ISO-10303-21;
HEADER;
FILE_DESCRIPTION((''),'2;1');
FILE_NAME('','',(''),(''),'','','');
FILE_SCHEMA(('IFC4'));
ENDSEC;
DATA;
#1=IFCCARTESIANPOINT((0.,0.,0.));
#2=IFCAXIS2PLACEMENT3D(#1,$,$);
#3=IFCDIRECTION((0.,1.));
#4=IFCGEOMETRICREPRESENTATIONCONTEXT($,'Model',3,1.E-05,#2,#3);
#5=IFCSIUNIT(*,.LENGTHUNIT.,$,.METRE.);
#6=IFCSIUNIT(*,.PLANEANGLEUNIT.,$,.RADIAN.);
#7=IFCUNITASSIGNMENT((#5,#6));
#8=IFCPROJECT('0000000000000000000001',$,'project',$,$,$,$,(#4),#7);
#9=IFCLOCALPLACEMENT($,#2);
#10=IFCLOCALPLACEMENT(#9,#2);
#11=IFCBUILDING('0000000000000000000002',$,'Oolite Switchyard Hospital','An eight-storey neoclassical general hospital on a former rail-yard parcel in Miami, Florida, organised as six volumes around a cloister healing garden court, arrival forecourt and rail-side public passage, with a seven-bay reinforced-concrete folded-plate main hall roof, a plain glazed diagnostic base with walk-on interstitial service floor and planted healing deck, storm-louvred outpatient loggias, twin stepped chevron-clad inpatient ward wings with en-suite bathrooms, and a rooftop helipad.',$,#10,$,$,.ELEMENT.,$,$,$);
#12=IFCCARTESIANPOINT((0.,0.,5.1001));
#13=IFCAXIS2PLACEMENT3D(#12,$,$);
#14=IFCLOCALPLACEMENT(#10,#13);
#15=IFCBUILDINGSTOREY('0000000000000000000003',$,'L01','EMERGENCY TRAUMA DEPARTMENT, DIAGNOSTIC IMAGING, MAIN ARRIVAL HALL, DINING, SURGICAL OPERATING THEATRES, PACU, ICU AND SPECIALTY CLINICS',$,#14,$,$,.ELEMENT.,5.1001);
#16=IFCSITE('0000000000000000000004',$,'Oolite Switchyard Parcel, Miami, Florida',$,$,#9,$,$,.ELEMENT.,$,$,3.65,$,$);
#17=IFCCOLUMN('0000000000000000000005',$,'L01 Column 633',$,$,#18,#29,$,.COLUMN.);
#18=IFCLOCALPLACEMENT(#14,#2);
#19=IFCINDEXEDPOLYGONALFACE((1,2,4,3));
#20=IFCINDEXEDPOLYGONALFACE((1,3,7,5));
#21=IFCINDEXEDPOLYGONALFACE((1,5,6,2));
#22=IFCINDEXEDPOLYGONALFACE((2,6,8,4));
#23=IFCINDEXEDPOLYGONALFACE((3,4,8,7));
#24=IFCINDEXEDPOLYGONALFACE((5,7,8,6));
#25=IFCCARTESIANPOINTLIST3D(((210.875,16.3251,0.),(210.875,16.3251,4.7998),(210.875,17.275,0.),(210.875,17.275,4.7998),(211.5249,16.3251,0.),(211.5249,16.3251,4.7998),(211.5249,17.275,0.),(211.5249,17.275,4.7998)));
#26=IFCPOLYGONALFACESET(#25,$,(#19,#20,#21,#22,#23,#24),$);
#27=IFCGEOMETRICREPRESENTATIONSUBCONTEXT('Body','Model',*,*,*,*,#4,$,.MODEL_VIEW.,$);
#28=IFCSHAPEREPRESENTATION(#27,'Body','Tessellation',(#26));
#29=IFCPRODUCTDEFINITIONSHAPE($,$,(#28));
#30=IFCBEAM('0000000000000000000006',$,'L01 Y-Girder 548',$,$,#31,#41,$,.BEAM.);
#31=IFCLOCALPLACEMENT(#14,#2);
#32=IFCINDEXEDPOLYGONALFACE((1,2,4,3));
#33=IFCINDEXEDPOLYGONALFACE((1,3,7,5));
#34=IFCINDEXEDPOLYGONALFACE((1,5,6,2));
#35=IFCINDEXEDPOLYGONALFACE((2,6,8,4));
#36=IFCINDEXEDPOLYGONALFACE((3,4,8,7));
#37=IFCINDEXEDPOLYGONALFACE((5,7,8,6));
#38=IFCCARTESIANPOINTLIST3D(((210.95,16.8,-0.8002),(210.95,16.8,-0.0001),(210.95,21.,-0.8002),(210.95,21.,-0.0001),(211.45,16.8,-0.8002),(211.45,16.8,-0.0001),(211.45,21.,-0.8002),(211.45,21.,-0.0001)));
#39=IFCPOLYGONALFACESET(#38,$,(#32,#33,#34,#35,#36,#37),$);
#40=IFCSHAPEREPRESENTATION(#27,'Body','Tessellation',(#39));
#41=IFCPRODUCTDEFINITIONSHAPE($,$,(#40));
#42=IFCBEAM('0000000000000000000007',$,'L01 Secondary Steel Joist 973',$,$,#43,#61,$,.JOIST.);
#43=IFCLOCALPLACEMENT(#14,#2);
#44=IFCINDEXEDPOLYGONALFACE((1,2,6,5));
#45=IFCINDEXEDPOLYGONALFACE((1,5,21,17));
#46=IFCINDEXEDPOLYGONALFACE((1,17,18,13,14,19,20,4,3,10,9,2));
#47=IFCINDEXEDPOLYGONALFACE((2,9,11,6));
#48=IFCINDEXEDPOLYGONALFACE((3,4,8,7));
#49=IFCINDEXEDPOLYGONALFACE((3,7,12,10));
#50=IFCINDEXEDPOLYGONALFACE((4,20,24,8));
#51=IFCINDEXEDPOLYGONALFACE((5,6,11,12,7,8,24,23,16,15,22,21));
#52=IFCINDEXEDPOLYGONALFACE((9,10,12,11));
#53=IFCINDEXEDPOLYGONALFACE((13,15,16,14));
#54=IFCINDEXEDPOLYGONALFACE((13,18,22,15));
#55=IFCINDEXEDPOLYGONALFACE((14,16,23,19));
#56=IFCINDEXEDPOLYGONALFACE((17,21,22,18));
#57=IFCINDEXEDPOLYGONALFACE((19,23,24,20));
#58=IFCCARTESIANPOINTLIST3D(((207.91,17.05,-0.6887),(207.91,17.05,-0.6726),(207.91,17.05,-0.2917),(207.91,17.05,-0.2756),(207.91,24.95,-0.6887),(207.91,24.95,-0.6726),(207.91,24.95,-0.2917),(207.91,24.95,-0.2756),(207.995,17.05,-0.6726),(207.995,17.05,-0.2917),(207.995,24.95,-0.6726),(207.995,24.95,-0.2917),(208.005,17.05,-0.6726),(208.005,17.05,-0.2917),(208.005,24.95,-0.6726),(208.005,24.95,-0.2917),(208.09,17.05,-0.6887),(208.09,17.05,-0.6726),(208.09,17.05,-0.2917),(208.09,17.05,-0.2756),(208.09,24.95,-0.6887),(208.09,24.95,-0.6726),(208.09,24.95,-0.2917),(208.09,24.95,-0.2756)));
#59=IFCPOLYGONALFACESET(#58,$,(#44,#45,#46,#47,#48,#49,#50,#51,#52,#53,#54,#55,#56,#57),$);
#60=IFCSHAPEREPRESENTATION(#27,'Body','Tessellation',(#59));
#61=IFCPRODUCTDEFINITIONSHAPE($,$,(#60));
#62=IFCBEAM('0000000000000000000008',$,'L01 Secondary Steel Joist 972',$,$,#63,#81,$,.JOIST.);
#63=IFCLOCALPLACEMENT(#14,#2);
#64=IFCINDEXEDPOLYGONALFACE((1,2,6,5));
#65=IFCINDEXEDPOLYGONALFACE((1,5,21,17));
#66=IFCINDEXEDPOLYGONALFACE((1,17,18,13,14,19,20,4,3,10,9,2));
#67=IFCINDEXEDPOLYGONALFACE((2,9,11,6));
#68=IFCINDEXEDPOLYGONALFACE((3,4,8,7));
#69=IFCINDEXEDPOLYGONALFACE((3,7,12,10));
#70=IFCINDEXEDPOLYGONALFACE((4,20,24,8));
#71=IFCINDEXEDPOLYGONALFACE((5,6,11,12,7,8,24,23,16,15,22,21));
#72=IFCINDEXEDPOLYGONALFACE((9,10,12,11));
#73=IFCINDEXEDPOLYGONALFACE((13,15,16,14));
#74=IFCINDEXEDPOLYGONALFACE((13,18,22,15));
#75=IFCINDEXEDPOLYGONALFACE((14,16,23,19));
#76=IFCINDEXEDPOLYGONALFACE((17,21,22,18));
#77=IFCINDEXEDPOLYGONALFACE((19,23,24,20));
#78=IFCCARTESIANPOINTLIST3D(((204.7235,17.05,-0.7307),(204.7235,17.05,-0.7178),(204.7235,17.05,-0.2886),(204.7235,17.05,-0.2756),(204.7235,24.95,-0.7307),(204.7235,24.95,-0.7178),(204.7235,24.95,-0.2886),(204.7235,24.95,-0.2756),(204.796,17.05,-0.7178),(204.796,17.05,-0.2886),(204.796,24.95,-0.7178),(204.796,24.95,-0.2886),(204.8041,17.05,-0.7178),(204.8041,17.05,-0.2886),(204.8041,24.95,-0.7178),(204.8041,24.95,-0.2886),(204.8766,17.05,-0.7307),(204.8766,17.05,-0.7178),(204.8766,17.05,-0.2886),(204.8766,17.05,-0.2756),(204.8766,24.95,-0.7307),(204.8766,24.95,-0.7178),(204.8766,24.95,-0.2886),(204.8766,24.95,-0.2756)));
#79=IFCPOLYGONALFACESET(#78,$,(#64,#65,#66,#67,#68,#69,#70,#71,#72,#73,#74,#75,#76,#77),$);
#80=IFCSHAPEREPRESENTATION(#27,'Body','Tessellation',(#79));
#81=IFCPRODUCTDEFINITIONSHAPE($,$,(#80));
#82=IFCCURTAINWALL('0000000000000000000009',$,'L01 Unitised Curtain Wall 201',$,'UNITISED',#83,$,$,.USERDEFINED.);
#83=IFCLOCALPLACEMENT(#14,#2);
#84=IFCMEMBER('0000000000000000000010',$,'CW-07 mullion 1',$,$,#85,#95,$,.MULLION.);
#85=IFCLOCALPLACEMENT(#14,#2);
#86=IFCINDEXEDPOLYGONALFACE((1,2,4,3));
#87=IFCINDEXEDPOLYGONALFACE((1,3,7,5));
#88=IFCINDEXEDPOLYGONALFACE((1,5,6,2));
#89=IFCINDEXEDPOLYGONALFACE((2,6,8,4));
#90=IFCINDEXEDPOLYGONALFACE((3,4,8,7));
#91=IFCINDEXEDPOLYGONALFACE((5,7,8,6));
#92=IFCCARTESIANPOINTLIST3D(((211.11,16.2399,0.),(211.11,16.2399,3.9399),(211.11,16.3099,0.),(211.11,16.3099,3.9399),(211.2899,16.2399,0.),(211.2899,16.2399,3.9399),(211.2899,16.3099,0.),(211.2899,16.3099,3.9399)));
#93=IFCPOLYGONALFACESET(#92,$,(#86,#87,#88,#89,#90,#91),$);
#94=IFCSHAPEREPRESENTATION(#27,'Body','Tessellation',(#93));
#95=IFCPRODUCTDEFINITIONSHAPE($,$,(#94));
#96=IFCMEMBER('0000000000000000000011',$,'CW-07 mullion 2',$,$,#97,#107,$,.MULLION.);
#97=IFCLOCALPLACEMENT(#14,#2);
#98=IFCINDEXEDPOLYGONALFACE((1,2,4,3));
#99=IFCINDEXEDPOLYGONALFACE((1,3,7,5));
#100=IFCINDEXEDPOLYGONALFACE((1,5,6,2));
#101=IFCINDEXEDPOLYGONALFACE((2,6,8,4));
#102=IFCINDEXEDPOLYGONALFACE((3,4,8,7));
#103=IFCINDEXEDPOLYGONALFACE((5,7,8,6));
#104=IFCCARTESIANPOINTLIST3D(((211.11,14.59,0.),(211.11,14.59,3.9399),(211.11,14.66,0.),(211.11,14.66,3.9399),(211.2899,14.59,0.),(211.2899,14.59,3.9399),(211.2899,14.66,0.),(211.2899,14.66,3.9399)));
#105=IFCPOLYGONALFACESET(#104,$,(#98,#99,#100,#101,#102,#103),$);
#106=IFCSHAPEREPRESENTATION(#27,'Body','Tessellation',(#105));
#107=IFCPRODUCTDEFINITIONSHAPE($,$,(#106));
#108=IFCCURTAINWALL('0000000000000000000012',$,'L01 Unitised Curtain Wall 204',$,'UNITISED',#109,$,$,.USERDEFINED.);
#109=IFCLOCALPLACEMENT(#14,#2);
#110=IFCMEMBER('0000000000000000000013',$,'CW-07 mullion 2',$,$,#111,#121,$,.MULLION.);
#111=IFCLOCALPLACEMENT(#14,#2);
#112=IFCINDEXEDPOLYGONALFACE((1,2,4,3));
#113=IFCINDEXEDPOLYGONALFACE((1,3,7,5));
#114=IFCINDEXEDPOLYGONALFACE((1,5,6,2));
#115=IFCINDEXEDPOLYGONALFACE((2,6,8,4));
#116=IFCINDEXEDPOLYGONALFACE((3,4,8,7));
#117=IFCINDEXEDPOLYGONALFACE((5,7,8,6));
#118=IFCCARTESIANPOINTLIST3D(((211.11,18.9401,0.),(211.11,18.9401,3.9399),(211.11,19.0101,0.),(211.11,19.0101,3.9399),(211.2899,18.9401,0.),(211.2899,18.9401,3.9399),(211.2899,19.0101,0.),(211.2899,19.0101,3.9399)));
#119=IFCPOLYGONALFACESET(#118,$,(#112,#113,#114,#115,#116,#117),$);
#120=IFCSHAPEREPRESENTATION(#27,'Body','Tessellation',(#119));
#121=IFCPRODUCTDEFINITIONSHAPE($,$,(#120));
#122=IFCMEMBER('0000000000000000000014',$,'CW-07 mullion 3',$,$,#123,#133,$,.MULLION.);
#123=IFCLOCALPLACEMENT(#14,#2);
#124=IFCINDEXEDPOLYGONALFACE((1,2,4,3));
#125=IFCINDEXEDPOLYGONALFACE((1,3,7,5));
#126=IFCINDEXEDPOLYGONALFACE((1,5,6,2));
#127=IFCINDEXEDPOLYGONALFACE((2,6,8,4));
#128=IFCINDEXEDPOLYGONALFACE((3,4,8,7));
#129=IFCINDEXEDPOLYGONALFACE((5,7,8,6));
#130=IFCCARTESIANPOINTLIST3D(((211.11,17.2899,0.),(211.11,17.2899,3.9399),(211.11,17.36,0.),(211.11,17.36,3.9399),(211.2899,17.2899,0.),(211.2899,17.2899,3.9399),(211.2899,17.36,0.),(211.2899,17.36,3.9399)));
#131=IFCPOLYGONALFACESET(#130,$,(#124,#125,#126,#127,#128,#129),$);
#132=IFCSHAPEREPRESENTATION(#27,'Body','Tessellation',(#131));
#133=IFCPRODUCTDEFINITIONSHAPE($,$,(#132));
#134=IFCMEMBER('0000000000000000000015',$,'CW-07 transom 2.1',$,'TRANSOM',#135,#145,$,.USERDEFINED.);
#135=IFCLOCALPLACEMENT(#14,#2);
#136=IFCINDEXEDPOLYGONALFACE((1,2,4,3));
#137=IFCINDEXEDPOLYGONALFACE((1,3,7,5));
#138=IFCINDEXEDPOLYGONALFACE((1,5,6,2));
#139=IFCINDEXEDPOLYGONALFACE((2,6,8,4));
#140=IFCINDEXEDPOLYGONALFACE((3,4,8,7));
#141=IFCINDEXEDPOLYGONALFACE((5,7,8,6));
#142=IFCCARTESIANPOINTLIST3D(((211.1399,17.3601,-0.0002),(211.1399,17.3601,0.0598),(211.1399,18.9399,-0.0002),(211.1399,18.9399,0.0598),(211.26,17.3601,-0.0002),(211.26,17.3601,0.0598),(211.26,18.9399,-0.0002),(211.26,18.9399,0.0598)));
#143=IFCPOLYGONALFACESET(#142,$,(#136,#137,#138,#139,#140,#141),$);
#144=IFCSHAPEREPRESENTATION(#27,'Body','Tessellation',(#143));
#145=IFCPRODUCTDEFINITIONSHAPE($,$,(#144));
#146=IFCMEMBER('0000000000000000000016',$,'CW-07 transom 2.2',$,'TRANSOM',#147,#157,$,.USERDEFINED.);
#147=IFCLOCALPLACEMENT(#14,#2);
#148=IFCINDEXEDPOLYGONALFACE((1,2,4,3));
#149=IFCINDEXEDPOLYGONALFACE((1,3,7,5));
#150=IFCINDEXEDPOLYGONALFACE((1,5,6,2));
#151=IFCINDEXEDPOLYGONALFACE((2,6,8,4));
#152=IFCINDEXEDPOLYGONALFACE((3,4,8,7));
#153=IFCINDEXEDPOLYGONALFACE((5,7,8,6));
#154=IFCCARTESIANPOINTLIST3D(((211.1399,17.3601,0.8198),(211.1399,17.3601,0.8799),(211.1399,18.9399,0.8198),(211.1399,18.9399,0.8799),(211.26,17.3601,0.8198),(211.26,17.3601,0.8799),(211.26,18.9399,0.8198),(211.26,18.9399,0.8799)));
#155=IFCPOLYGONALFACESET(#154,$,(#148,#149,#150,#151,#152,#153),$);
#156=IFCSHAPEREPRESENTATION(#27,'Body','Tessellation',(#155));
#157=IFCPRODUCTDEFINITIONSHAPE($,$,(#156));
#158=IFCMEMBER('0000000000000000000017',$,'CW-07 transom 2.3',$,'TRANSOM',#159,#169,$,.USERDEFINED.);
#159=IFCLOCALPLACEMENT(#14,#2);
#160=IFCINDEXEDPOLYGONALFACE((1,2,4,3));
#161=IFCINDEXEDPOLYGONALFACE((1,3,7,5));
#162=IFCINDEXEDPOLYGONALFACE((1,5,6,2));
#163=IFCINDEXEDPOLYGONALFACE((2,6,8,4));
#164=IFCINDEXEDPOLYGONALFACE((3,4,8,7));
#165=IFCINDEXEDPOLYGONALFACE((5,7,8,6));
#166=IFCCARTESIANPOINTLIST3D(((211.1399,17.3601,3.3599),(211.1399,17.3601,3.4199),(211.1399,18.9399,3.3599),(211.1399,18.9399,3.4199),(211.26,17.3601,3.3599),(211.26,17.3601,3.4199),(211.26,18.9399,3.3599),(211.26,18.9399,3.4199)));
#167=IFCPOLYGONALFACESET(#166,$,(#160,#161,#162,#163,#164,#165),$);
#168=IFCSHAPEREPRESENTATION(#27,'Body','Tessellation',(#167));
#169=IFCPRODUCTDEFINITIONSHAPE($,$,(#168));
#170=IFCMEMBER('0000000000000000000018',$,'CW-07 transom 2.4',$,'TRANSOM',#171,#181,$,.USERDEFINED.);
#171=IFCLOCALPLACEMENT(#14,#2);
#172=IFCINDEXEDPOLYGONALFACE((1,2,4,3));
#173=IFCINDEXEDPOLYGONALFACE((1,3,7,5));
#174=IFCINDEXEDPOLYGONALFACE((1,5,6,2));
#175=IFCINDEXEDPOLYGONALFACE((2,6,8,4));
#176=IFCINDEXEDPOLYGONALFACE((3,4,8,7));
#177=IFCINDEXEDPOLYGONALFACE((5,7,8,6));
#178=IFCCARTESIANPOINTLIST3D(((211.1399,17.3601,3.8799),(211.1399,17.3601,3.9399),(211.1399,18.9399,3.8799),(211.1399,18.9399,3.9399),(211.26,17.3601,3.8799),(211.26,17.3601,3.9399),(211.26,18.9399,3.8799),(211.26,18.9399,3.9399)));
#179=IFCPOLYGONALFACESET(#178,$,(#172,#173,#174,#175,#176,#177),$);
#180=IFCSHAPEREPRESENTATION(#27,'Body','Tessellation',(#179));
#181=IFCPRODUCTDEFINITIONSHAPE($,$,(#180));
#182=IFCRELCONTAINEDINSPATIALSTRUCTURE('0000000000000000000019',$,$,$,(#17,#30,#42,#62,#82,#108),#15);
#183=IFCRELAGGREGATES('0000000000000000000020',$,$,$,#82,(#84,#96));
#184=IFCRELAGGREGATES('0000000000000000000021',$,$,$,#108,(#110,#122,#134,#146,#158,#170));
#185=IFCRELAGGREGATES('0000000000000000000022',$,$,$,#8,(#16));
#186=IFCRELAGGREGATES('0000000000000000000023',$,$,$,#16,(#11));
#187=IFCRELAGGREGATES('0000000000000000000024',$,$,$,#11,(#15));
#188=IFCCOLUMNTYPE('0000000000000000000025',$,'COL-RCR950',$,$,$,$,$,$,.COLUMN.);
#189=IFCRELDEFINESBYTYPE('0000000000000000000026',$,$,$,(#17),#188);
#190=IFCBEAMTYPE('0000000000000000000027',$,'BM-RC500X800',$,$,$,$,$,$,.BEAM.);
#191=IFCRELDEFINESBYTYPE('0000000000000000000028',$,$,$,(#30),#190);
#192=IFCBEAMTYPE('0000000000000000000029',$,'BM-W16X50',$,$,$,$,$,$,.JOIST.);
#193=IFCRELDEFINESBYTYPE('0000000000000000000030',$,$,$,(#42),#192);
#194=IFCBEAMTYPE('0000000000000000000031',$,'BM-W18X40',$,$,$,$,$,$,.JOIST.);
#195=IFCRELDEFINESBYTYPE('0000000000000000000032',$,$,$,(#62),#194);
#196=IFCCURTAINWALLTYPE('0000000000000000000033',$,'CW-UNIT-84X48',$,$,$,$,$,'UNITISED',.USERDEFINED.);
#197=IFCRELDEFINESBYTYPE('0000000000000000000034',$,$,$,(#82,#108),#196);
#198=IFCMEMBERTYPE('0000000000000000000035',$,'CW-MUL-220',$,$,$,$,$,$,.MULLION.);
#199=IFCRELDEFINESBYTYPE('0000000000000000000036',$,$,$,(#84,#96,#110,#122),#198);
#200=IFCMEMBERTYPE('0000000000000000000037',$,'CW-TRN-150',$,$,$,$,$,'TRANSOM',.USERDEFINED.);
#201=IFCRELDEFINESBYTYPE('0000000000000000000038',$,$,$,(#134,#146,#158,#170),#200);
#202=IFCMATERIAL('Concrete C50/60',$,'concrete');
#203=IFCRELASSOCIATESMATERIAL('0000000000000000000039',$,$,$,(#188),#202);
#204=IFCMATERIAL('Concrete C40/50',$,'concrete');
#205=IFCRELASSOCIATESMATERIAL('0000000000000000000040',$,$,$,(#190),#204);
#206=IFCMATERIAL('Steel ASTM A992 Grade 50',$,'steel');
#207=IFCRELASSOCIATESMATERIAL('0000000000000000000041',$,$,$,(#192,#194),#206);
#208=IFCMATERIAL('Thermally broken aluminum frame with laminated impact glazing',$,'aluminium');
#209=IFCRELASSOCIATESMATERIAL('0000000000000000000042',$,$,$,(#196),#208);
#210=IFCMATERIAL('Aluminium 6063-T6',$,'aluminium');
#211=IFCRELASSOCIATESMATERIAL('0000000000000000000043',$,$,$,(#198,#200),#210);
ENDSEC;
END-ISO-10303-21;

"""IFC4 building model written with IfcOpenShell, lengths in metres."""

from ifc_helpers import new_model, si_unit, direction, frame, origin, origin_2d, place, context, subcontext, project, spatial, rectangle, i_section, extrude, material, material_profile, profile_set, type_object, element, aggregate, save


model = new_model("IFC4")

# Units and contexts
model_context = context("Model", 3, precision=1e-05, world=origin(), true_north=direction((0.0, 1.0)))
body_context = subcontext(model_context, "Body", "Model", "MODEL_VIEW")
ifc_project = project(units=[si_unit("LENGTHUNIT", "METRE"), si_unit("PLANEANGLEUNIT", "RADIAN")], contexts=[model_context])

# Site, building, storey
site_placement = place(None, origin())
site = spatial("IfcSite", under=ifc_project, at=site_placement, Name="Oolite Switchyard Parcel, Miami, Florida", CompositionType="ELEMENT", RefElevation=3.65)
building_placement = place(site_placement, origin())
building = spatial("IfcBuilding", under=site, at=building_placement, Name="Oolite Switchyard Hospital", Description="An eight-storey neoclassical general hospital on a former rail-yard parcel in Miami, Florida, organised as six volumes around a cloister healing garden court, arrival forecourt and rail-side public passage, with a seven-bay reinforced-concrete folded-plate main hall roof, a plain glazed diagnostic base with walk-on interstitial service floor and planted healing deck, storm-louvred outpatient loggias, twin stepped chevron-clad inpatient ward wings with en-suite bathrooms, and a rooftop helipad.", CompositionType="ELEMENT")
storey_placement = place(building_placement, frame((0.0, 0.0, 5.1001)))
storey = spatial("IfcBuildingStorey", under=building, at=storey_placement, Name="L01", Description="EMERGENCY TRAUMA DEPARTMENT, DIAGNOSTIC IMAGING, MAIN ARRIVAL HALL, DINING, SURGICAL OPERATING THEATRES, PACU, ICU AND SPECIALTY CLINICS", CompositionType="ELEMENT", Elevation=5.1001)

# Column
ifc_material_1 = material(Name="Concrete C50/60", Category="concrete")
ifc_material_profile_1 = material_profile(ifc_material_1, rectangle(XDim=0.95, YDim=0.6499, at=origin_2d()), Name="RC950X650")
ifc_profile_set_1 = profile_set([ifc_material_profile_1], Name="Concrete C50/60")
column_type = type_object("IfcColumnType", Name="COL-RCR950", PredefinedType="COLUMN", material=ifc_profile_set_1)
column_placement = place(storey_placement, frame((211.2, 16.8, 0.0), z_axis=(0.0, 0.0, 1.0), x_axis=(0.0, 1.0, 0.0)))
element("IfcColumn", 1, at=column_placement, inside=storey, type_object=column_type, Name="L01 Column 633", PredefinedType="COLUMN", context=body_context, shape_type="SweptSolid", body=[
    extrude(rectangle(XDim=0.95, YDim=0.6499, at=origin_2d()), origin(), (0.0, 0.0, 1.0), 4.7998),
])

# Beams
ifc_material_2 = material(Name="Concrete C40/50", Category="concrete")
ifc_material_profile_2 = material_profile(ifc_material_2, rectangle(XDim=0.5, YDim=0.8, at=origin_2d()), Name="RCB500X800")
ifc_profile_set_2 = profile_set([ifc_material_profile_2], Name="Concrete C40/50")
beam_type_1 = type_object("IfcBeamType", Name="BM-RC500X800", PredefinedType="BEAM", material=ifc_profile_set_2)
beam_1_placement = place(storey_placement, frame((211.2, 16.8, -0.4001), z_axis=(0.0, 1.0, 0.0), x_axis=(-1.0, 0.0, 0.0)))
element("IfcBeam", 2, at=beam_1_placement, inside=storey, type_object=beam_type_1, Name="L01 Y-Girder 548", PredefinedType="BEAM", context=body_context, shape_type="SweptSolid", body=[
    extrude(rectangle(XDim=0.5, YDim=0.8, at=origin_2d()), origin(), (0.0, 0.0, 1.0), 4.2),
])
ifc_material_3 = material(Name="Steel ASTM A992 Grade 50", Category="steel")
ifc_material_profile_3 = material_profile(ifc_material_3, i_section(OverallWidth=0.1799, OverallDepth=0.4131, WebThickness=0.01, FlangeThickness=0.0161, at=origin_2d()), Name="W16X50")
ifc_profile_set_3 = profile_set([ifc_material_profile_3], Name="Steel ASTM A992 Grade 50")
beam_type_2 = type_object("IfcBeamType", Name="BM-W16X50", PredefinedType="JOIST", material=ifc_profile_set_3)
beam_2_placement = place(storey_placement, frame((208.0, 17.05, -0.4822), z_axis=(0.0, 1.0, 0.0), x_axis=(-1.0, 0.0, 0.0)))
element("IfcBeam", 3, at=beam_2_placement, inside=storey, type_object=beam_type_2, Name="L01 Secondary Steel Joist 973", PredefinedType="JOIST", context=body_context, shape_type="SweptSolid", body=[
    extrude(i_section(OverallWidth=0.1799, OverallDepth=0.4131, WebThickness=0.01, FlangeThickness=0.0161, at=origin_2d()), origin(), (0.0, 0.0, 1.0), 7.8999),
])
ifc_material_profile_4 = material_profile(ifc_material_3, i_section(OverallWidth=0.1531, OverallDepth=0.4551, WebThickness=0.0081, FlangeThickness=0.0129, at=origin_2d()), Name="W18X40")
ifc_profile_set_4 = profile_set([ifc_material_profile_4], Name="Steel ASTM A992 Grade 50")
beam_type_3 = type_object("IfcBeamType", Name="BM-W18X40", PredefinedType="JOIST", material=ifc_profile_set_4)
beam_3_placement = place(storey_placement, frame((204.8, 17.05, -0.5032), z_axis=(0.0, 1.0, 0.0), x_axis=(-1.0, 0.0, 0.0)))
element("IfcBeam", 4, at=beam_3_placement, inside=storey, type_object=beam_type_3, Name="L01 Secondary Steel Joist 972", PredefinedType="JOIST", context=body_context, shape_type="SweptSolid", body=[
    extrude(i_section(OverallWidth=0.1531, OverallDepth=0.4551, WebThickness=0.0081, FlangeThickness=0.0129, at=origin_2d()), origin(), (0.0, 0.0, 1.0), 7.8999),
])

# Curtain walls, members
ifc_material_4 = material(Name="Thermally broken aluminum frame with laminated impact glazing", Category="aluminium")
curtain_wall_type = type_object("IfcCurtainWallType", Name="CW-UNIT-84X48", ElementType="UNITISED", PredefinedType="USERDEFINED", material=ifc_material_4)
curtain_wall_1_placement = place(storey_placement, origin())
curtain_wall_1 = element("IfcCurtainWall", 5, at=curtain_wall_1_placement, inside=storey, type_object=curtain_wall_type, Name="L01 Unitised Curtain Wall 201", ObjectType="UNITISED", PredefinedType="USERDEFINED")
ifc_material_5 = material(Name="Aluminium 6063-T6", Category="aluminium")
ifc_material_profile_5 = material_profile(ifc_material_5, rectangle(XDim=0.1799, YDim=0.0701, at=origin_2d()), Name="CWM70X180")
ifc_profile_set_5 = profile_set([ifc_material_profile_5], Name="Aluminium 6063-T6")
member_type_1 = type_object("IfcMemberType", Name="CW-MUL-220", PredefinedType="MULLION", material=ifc_profile_set_5)
member_1_placement = place(storey_placement, frame((211.2, 16.2749, 0.0), z_axis=(0.0, 0.0, 1.0), x_axis=(1.0, 0.0, 0.0)))
member_1 = element("IfcMember", 6, at=member_1_placement, type_object=member_type_1, Name="CW-07 mullion 1", PredefinedType="MULLION", context=body_context, shape_type="SweptSolid", body=[
    extrude(rectangle(XDim=0.1799, YDim=0.0701, at=origin_2d()), origin(), (0.0, 0.0, 1.0), 3.9399),
])
member_2_placement = place(storey_placement, frame((211.2, 14.625, 0.0), z_axis=(0.0, 0.0, 1.0), x_axis=(1.0, 0.0, 0.0)))
member_2 = element("IfcMember", 7, at=member_2_placement, type_object=member_type_1, Name="CW-07 mullion 2", PredefinedType="MULLION", context=body_context, shape_type="SweptSolid", body=[
    extrude(rectangle(XDim=0.1799, YDim=0.0701, at=origin_2d()), origin(), (0.0, 0.0, 1.0), 3.9399),
])
curtain_wall_2_placement = place(storey_placement, origin())
curtain_wall_2 = element("IfcCurtainWall", 8, at=curtain_wall_2_placement, inside=storey, type_object=curtain_wall_type, Name="L01 Unitised Curtain Wall 204", ObjectType="UNITISED", PredefinedType="USERDEFINED")
member_3_placement = place(storey_placement, frame((211.2, 18.9751, 0.0), z_axis=(0.0, 0.0, 1.0), x_axis=(1.0, 0.0, 0.0)))
member_3 = element("IfcMember", 9, at=member_3_placement, type_object=member_type_1, Name="CW-07 mullion 2", PredefinedType="MULLION", context=body_context, shape_type="SweptSolid", body=[
    extrude(rectangle(XDim=0.1799, YDim=0.0701, at=origin_2d()), origin(), (0.0, 0.0, 1.0), 3.9399),
])
member_4_placement = place(storey_placement, frame((211.2, 17.325, 0.0), z_axis=(0.0, 0.0, 1.0), x_axis=(1.0, 0.0, 0.0)))
member_4 = element("IfcMember", 10, at=member_4_placement, type_object=member_type_1, Name="CW-07 mullion 3", PredefinedType="MULLION", context=body_context, shape_type="SweptSolid", body=[
    extrude(rectangle(XDim=0.1799, YDim=0.0701, at=origin_2d()), origin(), (0.0, 0.0, 1.0), 3.9399),
])
ifc_material_profile_6 = material_profile(ifc_material_5, rectangle(XDim=0.1201, YDim=0.0601, at=origin_2d()), Name="CWT60X120")
ifc_profile_set_6 = profile_set([ifc_material_profile_6], Name="Aluminium 6063-T6")
member_type_2 = type_object("IfcMemberType", Name="CW-TRN-150", ElementType="TRANSOM", PredefinedType="USERDEFINED", material=ifc_profile_set_6)
member_5_placement = place(storey_placement, frame((211.2, 18.9399, 0.0298), z_axis=(0.0, -1.0, 0.0), x_axis=(1.0, 0.0, 0.0)))
member_5 = element("IfcMember", 11, at=member_5_placement, type_object=member_type_2, Name="CW-07 transom 2.1", ObjectType="TRANSOM", PredefinedType="USERDEFINED", context=body_context, shape_type="SweptSolid", body=[
    extrude(rectangle(XDim=0.1201, YDim=0.0601, at=origin_2d()), origin(), (0.0, 0.0, 1.0), 1.5798),
])
member_6_placement = place(storey_placement, frame((211.2, 18.9399, 0.8499), z_axis=(0.0, -1.0, 0.0), x_axis=(1.0, 0.0, 0.0)))
member_6 = element("IfcMember", 12, at=member_6_placement, type_object=member_type_2, Name="CW-07 transom 2.2", ObjectType="TRANSOM", PredefinedType="USERDEFINED", context=body_context, shape_type="SweptSolid", body=[
    extrude(rectangle(XDim=0.1201, YDim=0.0601, at=origin_2d()), origin(), (0.0, 0.0, 1.0), 1.5798),
])
member_7_placement = place(storey_placement, frame((211.2, 18.9399, 3.3899), z_axis=(0.0, -1.0, 0.0), x_axis=(1.0, 0.0, 0.0)))
member_7 = element("IfcMember", 13, at=member_7_placement, type_object=member_type_2, Name="CW-07 transom 2.3", ObjectType="TRANSOM", PredefinedType="USERDEFINED", context=body_context, shape_type="SweptSolid", body=[
    extrude(rectangle(XDim=0.1201, YDim=0.0601, at=origin_2d()), origin(), (0.0, 0.0, 1.0), 1.5798),
])
member_8_placement = place(storey_placement, frame((211.2, 18.9399, 3.9099), z_axis=(0.0, -1.0, 0.0), x_axis=(1.0, 0.0, 0.0)))
member_8 = element("IfcMember", 14, at=member_8_placement, type_object=member_type_2, Name="CW-07 transom 2.4", ObjectType="TRANSOM", PredefinedType="USERDEFINED", context=body_context, shape_type="SweptSolid", body=[
    extrude(rectangle(XDim=0.1201, YDim=0.0601, at=origin_2d()), origin(), (0.0, 0.0, 1.0), 1.5798),
])

aggregate(curtain_wall_1, [member_1, member_2])
aggregate(curtain_wall_2, [member_3, member_4, member_5, member_6, member_7, member_8])

save(model, "model.ifc")
